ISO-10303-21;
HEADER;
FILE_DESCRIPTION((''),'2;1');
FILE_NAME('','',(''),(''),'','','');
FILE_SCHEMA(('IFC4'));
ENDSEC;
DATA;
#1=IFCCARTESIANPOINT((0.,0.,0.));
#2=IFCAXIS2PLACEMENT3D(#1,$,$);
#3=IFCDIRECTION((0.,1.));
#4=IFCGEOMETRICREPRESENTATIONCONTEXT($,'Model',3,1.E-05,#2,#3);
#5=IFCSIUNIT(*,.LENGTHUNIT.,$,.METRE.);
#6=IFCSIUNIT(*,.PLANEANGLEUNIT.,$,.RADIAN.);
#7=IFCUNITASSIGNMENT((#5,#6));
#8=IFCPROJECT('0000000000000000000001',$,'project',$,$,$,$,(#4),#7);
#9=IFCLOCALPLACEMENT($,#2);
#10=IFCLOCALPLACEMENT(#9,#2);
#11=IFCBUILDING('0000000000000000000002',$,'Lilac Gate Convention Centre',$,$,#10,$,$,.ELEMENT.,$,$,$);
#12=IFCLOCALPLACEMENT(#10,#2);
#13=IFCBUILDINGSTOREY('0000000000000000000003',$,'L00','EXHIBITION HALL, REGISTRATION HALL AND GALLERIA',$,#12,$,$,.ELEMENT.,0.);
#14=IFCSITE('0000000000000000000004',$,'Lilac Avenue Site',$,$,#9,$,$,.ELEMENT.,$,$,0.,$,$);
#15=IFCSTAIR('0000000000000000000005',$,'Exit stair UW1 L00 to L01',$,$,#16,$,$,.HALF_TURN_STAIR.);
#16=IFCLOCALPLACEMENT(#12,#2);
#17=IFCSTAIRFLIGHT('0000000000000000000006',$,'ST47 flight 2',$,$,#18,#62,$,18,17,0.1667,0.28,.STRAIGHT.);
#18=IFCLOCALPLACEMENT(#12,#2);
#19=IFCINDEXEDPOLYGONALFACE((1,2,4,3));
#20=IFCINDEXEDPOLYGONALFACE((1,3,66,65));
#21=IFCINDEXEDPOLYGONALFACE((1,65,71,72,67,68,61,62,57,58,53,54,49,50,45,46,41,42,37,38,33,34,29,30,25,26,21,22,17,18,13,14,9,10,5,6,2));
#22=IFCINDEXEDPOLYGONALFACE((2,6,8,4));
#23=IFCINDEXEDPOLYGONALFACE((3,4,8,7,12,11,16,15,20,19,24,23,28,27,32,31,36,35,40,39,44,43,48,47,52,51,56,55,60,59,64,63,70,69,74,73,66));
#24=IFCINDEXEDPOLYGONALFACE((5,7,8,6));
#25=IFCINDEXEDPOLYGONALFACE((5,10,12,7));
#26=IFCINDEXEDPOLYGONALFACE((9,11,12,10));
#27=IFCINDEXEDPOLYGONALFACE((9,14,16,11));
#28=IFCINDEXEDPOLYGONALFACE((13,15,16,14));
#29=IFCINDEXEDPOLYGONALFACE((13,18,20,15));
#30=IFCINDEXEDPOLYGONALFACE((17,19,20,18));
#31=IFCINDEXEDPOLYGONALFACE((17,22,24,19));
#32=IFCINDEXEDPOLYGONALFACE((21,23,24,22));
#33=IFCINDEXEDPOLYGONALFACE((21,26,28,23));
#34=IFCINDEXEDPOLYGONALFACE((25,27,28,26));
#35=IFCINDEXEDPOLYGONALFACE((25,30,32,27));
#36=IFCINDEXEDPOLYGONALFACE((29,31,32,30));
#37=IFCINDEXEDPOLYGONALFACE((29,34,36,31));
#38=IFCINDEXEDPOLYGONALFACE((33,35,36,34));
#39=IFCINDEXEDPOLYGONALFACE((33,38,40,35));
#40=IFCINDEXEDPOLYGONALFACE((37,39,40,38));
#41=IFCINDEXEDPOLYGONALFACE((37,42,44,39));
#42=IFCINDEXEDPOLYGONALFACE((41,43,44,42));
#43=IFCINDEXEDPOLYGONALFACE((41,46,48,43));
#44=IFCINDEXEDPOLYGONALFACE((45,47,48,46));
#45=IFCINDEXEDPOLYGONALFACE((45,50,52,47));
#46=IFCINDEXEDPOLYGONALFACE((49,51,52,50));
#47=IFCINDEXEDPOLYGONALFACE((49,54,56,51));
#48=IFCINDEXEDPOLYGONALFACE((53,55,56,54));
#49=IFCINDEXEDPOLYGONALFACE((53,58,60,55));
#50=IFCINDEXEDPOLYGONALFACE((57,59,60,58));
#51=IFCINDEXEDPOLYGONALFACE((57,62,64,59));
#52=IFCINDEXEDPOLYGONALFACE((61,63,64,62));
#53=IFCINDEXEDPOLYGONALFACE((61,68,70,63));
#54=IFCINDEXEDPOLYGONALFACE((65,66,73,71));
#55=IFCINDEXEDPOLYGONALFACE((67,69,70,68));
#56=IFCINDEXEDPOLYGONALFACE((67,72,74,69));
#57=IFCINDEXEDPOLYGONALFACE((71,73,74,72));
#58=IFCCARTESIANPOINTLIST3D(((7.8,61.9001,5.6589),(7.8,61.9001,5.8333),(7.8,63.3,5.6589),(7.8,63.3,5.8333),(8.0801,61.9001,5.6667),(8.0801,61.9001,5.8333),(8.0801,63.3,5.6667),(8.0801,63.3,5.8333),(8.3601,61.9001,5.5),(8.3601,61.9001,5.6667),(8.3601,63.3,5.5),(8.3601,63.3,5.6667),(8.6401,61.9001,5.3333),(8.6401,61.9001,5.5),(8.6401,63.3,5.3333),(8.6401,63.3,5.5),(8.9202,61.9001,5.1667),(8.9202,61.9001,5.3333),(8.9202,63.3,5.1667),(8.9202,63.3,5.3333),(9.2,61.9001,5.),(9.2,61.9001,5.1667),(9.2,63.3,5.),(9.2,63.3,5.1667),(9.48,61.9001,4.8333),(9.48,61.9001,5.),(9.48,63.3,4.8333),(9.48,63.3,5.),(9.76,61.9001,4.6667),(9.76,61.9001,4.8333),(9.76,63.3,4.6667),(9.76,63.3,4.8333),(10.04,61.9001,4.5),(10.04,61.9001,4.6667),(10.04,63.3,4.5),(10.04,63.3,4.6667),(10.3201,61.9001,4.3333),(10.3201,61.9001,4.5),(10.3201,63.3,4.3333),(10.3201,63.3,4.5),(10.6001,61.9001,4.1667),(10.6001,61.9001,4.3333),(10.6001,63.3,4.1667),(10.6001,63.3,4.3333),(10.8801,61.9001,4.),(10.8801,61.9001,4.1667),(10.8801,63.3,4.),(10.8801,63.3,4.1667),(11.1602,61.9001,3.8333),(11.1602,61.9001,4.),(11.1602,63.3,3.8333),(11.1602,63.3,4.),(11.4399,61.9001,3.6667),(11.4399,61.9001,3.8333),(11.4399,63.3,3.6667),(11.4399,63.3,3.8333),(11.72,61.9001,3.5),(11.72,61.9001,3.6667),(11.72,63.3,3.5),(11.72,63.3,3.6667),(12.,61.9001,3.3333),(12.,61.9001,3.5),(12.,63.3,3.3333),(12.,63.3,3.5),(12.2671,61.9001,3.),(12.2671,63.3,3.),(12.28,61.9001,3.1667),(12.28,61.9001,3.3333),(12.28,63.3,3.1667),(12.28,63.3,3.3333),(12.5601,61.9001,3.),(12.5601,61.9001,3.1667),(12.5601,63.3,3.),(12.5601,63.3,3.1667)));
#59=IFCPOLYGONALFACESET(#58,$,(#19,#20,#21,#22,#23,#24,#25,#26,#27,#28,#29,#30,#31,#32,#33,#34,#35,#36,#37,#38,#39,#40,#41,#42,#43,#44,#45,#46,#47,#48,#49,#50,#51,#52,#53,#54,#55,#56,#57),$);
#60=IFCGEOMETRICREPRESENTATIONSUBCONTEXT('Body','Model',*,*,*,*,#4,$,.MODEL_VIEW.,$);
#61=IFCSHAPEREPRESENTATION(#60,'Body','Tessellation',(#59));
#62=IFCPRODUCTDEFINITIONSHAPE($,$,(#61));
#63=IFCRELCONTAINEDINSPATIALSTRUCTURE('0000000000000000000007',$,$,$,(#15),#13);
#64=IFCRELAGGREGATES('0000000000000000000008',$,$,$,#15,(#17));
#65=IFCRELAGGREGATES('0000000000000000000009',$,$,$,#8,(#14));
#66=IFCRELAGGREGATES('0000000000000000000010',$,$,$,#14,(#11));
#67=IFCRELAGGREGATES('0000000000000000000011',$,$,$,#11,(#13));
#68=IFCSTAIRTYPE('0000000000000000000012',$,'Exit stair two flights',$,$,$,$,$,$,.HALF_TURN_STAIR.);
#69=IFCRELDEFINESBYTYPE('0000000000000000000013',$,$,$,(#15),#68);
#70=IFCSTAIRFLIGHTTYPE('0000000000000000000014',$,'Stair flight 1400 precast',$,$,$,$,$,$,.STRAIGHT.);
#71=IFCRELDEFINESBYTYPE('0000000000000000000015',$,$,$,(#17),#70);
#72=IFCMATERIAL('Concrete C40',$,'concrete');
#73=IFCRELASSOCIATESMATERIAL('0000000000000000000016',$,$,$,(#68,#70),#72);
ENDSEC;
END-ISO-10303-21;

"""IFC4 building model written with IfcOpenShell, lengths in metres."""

from ifc_helpers import new_model, si_unit, direction, frame, origin, place, context, subcontext, project, spatial, polyline, outline, extrude, material, type_object, element, aggregate, save


model = new_model("IFC4")

# Units and contexts
model_context = context("Model", 3, precision=1e-05, world=origin(), true_north=direction((0.0, 1.0)))
body_context = subcontext(model_context, "Body", "Model", "MODEL_VIEW")
ifc_project = project(units=[si_unit("LENGTHUNIT", "METRE"), si_unit("PLANEANGLEUNIT", "RADIAN")], contexts=[model_context])

# Site, building, storey
site_placement = place(None, origin())
site = spatial("IfcSite", under=ifc_project, at=site_placement, Name="Lilac Avenue Site", CompositionType="ELEMENT", RefElevation=0.0)
building_placement = place(site_placement, origin())
building = spatial("IfcBuilding", under=site, at=building_placement, Name="Lilac Gate Convention Centre", CompositionType="ELEMENT")
storey_placement = place(building_placement, origin())
storey = spatial("IfcBuildingStorey", under=building, at=storey_placement, Name="L00", Description="EXHIBITION HALL, REGISTRATION HALL AND GALLERIA", CompositionType="ELEMENT", Elevation=0.0)

# Shared definitions
ifc_material_1 = material(Name="Concrete C40", Category="concrete")

# Stair, stair flight
stair_type = type_object("IfcStairType", Name="Exit stair two flights", PredefinedType="HALF_TURN_STAIR", material=ifc_material_1)
stair_placement = place(storey_placement, origin())
stair = element("IfcStair", 1, at=stair_placement, inside=storey, type_object=stair_type, Name="Exit stair UW1 L00 to L01", PredefinedType="HALF_TURN_STAIR")
stair_flight_type = type_object("IfcStairFlightType", Name="Stair flight 1400 precast", PredefinedType="STRAIGHT", material=ifc_material_1)
stair_flight_1_placement = place(storey_placement, frame((12.5601, 62.6001, 3.0), z_axis=(0.0, 0.0, 1.0), x_axis=(-1.0, 0.0, 0.0)))
stair_flight_1 = element("IfcStairFlight", 2, at=stair_flight_1_placement, type_object=stair_flight_type, Name="ST47 flight 2", NumberOfRisers=18, NumberOfTreads=17, PredefinedType="STRAIGHT", RiserHeight=0.1667, TreadLength=0.28, context=body_context, shape_type="SweptSolid", body=[
    extrude(outline(polyline([(0.0, 0.0), (0.0, 0.1667), (0.28, 0.1667), (0.28, 0.3333), (0.5601, 0.3333), (0.5601, 0.5), (0.8401, 0.5), (0.8401, 0.6667), (1.1201, 0.6667), (1.1201, 0.8333), (1.3999, 0.8333), (1.3999, 1.0), (1.6799, 1.0), (1.6799, 1.1667), (1.96, 1.1667), (1.96, 1.3333), (2.24, 1.3333), (2.24, 1.5), (2.52, 1.5), (2.52, 1.6667), (2.8, 1.6667), (2.8, 1.8333), (3.0801, 1.8333), (3.0801, 2.0), (3.3601, 2.0), (3.3601, 2.1667), (3.6399, 2.1667), (3.6399, 2.3333), (3.9199, 2.3333), (3.9199, 2.5), (4.2, 2.5), (4.2, 2.6667), (4.48, 2.6667), (4.48, 2.8333), (4.76, 2.8333), (4.76, 3.0), (4.76, 2.6589), (0.293, 0.0), (0.0, 0.0)])), frame((0.0, 0.7, 0.0), z_axis=(0.0, -1.0, 0.0), x_axis=(1.0, 0.0, 0.0)), (0.0, 0.0, 1.0), 1.3999),
])
aggregate(stair, [stair_flight_1])

save(model, "model.ifc")
